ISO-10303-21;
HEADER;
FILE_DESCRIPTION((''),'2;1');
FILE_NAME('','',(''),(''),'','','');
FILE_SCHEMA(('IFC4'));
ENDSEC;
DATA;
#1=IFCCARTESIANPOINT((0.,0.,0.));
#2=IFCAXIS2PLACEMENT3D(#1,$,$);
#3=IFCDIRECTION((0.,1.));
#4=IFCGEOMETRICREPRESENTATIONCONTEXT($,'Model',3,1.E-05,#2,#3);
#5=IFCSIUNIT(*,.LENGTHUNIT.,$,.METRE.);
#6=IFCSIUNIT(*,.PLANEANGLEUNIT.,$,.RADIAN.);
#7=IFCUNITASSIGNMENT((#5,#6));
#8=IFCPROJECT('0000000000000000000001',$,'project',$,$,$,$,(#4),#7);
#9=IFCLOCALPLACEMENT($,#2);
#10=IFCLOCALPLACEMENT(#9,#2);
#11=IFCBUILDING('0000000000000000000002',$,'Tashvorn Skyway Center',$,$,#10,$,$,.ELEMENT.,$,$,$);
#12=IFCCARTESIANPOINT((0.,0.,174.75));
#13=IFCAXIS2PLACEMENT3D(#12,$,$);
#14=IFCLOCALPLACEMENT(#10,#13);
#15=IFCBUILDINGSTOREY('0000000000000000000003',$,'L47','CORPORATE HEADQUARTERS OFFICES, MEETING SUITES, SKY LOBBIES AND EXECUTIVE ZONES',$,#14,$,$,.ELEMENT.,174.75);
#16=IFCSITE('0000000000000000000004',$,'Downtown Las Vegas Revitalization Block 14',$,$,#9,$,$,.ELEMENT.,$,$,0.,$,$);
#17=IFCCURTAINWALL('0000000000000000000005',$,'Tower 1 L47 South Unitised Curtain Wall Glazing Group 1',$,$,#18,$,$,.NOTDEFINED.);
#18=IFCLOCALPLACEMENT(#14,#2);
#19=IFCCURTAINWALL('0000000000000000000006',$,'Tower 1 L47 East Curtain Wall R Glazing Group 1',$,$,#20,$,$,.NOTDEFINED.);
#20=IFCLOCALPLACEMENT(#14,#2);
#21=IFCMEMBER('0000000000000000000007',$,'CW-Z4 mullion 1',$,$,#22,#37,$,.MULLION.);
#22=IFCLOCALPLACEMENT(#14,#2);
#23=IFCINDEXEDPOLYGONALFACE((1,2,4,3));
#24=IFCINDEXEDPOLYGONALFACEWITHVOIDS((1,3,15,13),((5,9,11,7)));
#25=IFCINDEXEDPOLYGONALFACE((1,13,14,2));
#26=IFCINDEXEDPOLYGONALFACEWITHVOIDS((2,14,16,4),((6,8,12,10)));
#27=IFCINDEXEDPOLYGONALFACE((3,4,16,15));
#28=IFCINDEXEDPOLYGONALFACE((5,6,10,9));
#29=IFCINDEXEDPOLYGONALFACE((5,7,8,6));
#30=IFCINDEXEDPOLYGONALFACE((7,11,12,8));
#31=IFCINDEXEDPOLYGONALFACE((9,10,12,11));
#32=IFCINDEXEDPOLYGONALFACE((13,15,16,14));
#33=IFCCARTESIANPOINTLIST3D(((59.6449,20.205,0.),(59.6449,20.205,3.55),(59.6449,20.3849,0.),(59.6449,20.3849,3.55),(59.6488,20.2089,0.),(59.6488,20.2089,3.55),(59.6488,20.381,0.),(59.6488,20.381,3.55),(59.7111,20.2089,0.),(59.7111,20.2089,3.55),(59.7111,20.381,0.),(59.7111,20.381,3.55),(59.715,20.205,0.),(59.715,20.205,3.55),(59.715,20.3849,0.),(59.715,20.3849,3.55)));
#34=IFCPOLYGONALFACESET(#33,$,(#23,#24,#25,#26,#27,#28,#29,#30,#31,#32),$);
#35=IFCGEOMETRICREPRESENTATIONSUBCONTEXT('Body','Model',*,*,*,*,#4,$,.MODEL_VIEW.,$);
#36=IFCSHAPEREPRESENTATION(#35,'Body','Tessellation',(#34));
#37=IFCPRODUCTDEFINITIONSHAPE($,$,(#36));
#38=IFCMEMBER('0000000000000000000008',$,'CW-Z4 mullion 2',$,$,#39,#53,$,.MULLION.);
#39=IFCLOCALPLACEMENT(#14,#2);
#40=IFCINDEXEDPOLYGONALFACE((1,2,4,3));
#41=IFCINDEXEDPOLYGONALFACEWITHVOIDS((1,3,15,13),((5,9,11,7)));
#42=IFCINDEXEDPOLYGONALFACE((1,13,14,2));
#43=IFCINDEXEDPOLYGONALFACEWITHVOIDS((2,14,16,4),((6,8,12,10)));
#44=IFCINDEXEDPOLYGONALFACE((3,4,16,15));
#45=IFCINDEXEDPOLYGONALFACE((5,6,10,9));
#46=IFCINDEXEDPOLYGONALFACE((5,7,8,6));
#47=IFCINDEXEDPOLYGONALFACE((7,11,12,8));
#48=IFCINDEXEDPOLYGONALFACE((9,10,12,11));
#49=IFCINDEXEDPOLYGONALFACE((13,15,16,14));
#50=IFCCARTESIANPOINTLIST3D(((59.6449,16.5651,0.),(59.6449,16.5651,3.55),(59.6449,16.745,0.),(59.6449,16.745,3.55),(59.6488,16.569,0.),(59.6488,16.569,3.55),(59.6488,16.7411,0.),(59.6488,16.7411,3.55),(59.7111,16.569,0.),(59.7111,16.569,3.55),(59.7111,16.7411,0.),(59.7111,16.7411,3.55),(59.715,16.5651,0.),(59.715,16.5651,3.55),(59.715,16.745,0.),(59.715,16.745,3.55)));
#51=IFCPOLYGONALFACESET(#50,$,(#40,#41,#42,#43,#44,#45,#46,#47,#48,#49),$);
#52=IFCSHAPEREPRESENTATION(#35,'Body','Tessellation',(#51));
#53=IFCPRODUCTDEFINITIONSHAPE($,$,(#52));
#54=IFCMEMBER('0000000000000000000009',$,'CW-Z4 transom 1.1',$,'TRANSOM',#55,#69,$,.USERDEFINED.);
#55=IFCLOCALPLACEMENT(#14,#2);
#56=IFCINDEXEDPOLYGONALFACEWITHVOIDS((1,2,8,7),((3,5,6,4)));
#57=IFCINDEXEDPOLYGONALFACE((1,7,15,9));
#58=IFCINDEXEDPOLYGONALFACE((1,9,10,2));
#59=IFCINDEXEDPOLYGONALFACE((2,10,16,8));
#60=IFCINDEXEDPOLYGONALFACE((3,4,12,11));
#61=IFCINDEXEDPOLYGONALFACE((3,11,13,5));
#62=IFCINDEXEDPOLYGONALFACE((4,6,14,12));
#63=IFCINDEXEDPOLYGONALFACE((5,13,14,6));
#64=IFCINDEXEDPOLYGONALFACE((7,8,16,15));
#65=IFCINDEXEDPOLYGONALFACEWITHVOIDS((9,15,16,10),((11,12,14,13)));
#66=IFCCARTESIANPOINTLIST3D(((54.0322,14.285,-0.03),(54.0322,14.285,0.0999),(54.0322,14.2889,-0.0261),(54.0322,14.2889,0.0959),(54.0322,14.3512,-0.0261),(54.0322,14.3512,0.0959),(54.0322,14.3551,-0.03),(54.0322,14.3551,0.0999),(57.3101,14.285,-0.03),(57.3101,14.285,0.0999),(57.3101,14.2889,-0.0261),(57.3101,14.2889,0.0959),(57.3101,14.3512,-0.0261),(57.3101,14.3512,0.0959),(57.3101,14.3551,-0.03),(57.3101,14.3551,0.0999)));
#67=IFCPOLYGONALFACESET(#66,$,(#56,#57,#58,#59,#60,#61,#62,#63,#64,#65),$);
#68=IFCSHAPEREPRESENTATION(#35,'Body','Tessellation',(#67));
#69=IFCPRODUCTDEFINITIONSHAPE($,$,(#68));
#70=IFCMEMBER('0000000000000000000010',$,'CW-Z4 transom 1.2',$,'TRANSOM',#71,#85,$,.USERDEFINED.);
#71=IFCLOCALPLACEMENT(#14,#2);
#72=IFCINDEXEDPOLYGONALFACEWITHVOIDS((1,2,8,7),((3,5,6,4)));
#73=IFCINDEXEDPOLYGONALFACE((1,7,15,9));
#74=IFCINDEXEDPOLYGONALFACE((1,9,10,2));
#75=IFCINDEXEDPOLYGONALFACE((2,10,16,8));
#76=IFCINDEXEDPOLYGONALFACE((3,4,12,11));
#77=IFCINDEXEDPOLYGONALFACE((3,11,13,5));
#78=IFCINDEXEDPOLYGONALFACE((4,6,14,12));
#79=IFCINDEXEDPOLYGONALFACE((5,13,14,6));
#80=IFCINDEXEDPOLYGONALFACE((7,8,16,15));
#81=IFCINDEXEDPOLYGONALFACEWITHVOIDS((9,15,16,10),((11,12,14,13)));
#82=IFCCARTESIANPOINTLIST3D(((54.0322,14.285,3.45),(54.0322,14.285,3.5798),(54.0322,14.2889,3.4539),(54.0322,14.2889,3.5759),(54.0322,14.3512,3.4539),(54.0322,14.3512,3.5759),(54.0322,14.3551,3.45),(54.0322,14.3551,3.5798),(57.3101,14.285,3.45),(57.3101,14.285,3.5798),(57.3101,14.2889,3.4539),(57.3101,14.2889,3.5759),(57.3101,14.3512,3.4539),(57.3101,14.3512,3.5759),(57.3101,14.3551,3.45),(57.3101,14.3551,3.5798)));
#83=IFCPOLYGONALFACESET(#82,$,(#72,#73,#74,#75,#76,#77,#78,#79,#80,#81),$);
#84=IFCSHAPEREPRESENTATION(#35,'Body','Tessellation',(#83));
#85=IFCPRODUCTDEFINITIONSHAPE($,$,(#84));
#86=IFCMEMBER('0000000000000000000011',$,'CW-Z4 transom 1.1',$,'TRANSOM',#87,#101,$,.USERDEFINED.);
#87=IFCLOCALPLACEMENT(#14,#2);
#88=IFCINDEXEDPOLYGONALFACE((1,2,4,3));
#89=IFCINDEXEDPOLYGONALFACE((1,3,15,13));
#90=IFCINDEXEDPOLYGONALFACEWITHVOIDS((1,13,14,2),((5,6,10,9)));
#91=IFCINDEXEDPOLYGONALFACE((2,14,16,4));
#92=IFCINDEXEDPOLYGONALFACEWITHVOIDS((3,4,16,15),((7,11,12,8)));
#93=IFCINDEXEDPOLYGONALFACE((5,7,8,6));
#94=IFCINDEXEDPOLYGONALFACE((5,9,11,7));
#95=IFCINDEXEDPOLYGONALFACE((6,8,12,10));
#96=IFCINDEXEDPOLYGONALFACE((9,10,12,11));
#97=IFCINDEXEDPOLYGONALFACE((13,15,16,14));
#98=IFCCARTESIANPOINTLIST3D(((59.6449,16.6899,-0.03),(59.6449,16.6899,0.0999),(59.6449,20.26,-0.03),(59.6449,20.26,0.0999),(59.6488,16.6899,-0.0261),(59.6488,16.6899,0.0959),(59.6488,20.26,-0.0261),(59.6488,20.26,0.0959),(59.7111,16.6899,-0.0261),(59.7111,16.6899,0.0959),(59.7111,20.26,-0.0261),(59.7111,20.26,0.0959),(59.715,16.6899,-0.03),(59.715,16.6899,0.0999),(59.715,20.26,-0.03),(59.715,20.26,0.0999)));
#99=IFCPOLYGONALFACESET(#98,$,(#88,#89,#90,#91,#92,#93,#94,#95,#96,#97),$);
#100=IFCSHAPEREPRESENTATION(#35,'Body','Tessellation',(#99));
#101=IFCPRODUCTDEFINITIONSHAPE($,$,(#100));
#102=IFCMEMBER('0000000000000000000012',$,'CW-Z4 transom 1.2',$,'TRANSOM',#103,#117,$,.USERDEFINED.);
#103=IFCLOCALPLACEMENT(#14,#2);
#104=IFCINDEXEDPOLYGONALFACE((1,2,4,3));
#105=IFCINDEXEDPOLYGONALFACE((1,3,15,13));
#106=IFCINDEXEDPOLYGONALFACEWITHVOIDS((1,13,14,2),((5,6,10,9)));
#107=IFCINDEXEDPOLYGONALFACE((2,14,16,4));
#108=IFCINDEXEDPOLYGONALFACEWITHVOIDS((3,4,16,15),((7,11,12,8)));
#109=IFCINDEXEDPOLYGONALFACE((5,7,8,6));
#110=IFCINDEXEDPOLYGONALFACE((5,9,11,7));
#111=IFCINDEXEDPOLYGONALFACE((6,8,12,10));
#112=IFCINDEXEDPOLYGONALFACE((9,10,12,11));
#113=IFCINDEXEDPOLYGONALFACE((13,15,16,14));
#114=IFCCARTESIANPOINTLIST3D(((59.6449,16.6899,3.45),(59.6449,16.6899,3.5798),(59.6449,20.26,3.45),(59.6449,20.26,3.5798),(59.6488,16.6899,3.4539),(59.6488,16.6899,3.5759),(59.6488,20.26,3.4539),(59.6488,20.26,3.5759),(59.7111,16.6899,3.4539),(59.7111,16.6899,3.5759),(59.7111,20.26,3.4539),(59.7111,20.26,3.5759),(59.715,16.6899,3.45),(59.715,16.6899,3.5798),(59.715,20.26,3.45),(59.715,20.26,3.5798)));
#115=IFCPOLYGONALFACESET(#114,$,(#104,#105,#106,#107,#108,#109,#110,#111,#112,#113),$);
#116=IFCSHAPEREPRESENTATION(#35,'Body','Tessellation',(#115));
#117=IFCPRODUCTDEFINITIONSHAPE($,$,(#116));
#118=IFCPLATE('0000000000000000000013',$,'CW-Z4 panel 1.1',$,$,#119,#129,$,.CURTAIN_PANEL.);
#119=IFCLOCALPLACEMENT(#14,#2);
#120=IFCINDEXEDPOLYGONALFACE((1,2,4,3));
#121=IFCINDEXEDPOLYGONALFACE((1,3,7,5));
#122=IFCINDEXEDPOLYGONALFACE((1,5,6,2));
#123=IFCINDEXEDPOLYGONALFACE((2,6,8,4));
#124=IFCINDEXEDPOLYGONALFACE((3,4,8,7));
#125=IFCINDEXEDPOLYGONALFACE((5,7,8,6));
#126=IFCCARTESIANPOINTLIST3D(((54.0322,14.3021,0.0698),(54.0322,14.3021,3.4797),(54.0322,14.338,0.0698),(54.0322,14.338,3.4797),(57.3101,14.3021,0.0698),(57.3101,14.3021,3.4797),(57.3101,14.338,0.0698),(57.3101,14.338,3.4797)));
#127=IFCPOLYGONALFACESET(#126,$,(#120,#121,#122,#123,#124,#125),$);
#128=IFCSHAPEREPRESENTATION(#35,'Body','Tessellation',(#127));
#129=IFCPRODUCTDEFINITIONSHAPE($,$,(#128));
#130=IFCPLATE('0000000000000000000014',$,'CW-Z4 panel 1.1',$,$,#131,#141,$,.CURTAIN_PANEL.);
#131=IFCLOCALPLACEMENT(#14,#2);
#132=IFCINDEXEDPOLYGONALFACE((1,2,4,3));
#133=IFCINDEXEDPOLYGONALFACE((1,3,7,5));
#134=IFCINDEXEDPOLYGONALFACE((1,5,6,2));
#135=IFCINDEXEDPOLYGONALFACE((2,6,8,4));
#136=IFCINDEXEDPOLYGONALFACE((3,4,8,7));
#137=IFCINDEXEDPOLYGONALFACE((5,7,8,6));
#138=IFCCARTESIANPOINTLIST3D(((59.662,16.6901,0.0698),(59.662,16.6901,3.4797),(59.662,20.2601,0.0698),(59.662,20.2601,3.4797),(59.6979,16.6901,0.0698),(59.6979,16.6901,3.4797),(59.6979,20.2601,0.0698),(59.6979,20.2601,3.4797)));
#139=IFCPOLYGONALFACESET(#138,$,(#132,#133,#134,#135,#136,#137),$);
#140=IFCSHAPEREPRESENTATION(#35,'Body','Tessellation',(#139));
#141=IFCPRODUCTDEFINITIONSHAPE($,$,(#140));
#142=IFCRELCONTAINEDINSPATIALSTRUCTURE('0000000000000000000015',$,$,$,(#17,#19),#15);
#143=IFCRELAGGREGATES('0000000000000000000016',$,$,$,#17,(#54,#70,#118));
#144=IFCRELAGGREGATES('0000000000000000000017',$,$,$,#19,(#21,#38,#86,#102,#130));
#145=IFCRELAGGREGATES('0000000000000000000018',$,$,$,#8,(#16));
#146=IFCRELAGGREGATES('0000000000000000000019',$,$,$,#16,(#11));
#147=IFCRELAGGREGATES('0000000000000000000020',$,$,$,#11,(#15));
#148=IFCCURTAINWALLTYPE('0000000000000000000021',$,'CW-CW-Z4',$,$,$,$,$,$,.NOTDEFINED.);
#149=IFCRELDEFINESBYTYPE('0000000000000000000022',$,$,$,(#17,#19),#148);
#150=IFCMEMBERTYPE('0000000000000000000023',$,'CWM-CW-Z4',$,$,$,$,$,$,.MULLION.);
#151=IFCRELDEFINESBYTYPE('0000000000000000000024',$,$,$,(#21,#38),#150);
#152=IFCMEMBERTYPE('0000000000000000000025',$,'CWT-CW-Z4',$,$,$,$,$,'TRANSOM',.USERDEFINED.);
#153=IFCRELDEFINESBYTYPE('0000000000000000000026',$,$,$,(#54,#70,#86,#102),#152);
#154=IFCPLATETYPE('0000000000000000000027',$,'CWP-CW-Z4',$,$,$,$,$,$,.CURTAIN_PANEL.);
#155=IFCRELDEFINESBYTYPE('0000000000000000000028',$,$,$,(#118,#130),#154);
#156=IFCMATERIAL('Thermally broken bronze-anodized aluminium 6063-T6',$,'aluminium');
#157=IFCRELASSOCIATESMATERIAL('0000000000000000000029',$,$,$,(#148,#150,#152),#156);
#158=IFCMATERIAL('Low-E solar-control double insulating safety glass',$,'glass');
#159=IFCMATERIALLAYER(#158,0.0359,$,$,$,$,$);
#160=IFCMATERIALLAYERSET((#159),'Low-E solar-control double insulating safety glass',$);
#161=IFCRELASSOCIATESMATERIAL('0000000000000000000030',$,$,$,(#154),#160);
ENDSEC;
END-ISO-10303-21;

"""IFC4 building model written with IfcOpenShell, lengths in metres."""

from ifc_helpers import new_model, si_unit, direction, frame, origin, origin_2d, place, context, subcontext, project, spatial, rectangle, hollow_rectangle, extrude, material, layer, layer_set, material_profile, profile_set, type_object, element, aggregate, save


model = new_model("IFC4")

# Units and contexts
model_context = context("Model", 3, precision=1e-05, world=origin(), true_north=direction((0.0, 1.0)))
body_context = subcontext(model_context, "Body", "Model", "MODEL_VIEW")
ifc_project = project(units=[si_unit("LENGTHUNIT", "METRE"), si_unit("PLANEANGLEUNIT", "RADIAN")], contexts=[model_context])

# Site, building, storey
site_placement = place(None, origin())
site = spatial("IfcSite", under=ifc_project, at=site_placement, Name="Downtown Las Vegas Revitalization Block 14", CompositionType="ELEMENT", RefElevation=0.0)
building_placement = place(site_placement, origin())
building = spatial("IfcBuilding", under=site, at=building_placement, Name="Tashvorn Skyway Center", CompositionType="ELEMENT")
storey_placement = place(building_placement, frame((0.0, 0.0, 174.75)))
storey = spatial("IfcBuildingStorey", under=building, at=storey_placement, Name="L47", Description="CORPORATE HEADQUARTERS OFFICES, MEETING SUITES, SKY LOBBIES AND EXECUTIVE ZONES", CompositionType="ELEMENT", Elevation=174.75)

# Curtain walls, members
ifc_material_1 = material(Name="Thermally broken bronze-anodized aluminium 6063-T6", Category="aluminium")
curtain_wall_type = type_object("IfcCurtainWallType", Name="CW-CW-Z4", PredefinedType="NOTDEFINED", material=ifc_material_1)
curtain_wall_1_placement = place(storey_placement, origin())
curtain_wall_1 = element("IfcCurtainWall", 1, at=curtain_wall_1_placement, inside=storey, type_object=curtain_wall_type, Name="Tower 1 L47 South Unitised Curtain Wall Glazing Group 1", PredefinedType="NOTDEFINED")
ifc_material_profile_1 = material_profile(ifc_material_1, hollow_rectangle(XDim=0.0701, YDim=0.1799, WallThickness=0.0039, at=origin_2d()), Name="ALU-MULL-70x180")
ifc_profile_set_1 = profile_set([ifc_material_profile_1], Name="Thermally broken bronze-anodized aluminium 6063-T6")
member_type_1 = type_object("IfcMemberType", Name="CWM-CW-Z4", PredefinedType="MULLION", material=ifc_profile_set_1)
curtain_wall_2_placement = place(storey_placement, origin())
curtain_wall_2 = element("IfcCurtainWall", 2, at=curtain_wall_2_placement, inside=storey, type_object=curtain_wall_type, Name="Tower 1 L47 East Curtain Wall R Glazing Group 1", PredefinedType="NOTDEFINED")
member_1_placement = place(storey_placement, frame((59.6799, 20.2949, 0.0), z_axis=(0.0, 0.0, 1.0), x_axis=(1.0, 0.0, 0.0)))
member_1 = element("IfcMember", 3, at=member_1_placement, type_object=member_type_1, Name="CW-Z4 mullion 1", PredefinedType="MULLION", context=body_context, shape_type="SweptSolid", body=[
    extrude(hollow_rectangle(XDim=0.0701, YDim=0.1799, WallThickness=0.0039, at=origin_2d()), origin(), (0.0, 0.0, 1.0), 3.55),
])
member_2_placement = place(storey_placement, frame((59.6799, 16.655, 0.0), z_axis=(0.0, 0.0, 1.0), x_axis=(1.0, 0.0, 0.0)))
member_2 = element("IfcMember", 4, at=member_2_placement, type_object=member_type_1, Name="CW-Z4 mullion 2", PredefinedType="MULLION", context=body_context, shape_type="SweptSolid", body=[
    extrude(hollow_rectangle(XDim=0.0701, YDim=0.1799, WallThickness=0.0039, at=origin_2d()), origin(), (0.0, 0.0, 1.0), 3.55),
])

# Members
ifc_material_profile_2 = material_profile(ifc_material_1, hollow_rectangle(XDim=0.0701, YDim=0.1299, WallThickness=0.0039, at=origin_2d()), Name="ALU-TRAN-70x130")
ifc_profile_set_2 = profile_set([ifc_material_profile_2], Name="Thermally broken bronze-anodized aluminium 6063-T6")
member_type_2 = type_object("IfcMemberType", Name="CWT-CW-Z4", ElementType="TRANSOM", PredefinedType="USERDEFINED", material=ifc_profile_set_2)
member_3_placement = place(storey_placement, frame((57.3101, 14.3201, 0.0349), z_axis=(-1.0, 0.0, 0.0), x_axis=(0.0, -1.0, 0.0)))
member_3 = element("IfcMember", 5, at=member_3_placement, type_object=member_type_2, Name="CW-Z4 transom 1.1", ObjectType="TRANSOM", PredefinedType="USERDEFINED", context=body_context, shape_type="SweptSolid", body=[
    extrude(hollow_rectangle(XDim=0.0701, YDim=0.1299, WallThickness=0.0039, at=origin_2d()), origin(), (0.0, 0.0, 1.0), 3.2778),
])
member_4_placement = place(storey_placement, frame((57.3101, 14.3201, 3.5149), z_axis=(-1.0, 0.0, 0.0), x_axis=(0.0, -1.0, 0.0)))
member_4 = element("IfcMember", 6, at=member_4_placement, type_object=member_type_2, Name="CW-Z4 transom 1.2", ObjectType="TRANSOM", PredefinedType="USERDEFINED", context=body_context, shape_type="SweptSolid", body=[
    extrude(hollow_rectangle(XDim=0.0701, YDim=0.1299, WallThickness=0.0039, at=origin_2d()), origin(), (0.0, 0.0, 1.0), 3.2778),
])
member_5_placement = place(storey_placement, frame((59.6799, 20.26, 0.0349), z_axis=(0.0, -1.0, 0.0), x_axis=(1.0, 0.0, 0.0)))
member_5 = element("IfcMember", 7, at=member_5_placement, type_object=member_type_2, Name="CW-Z4 transom 1.1", ObjectType="TRANSOM", PredefinedType="USERDEFINED", context=body_context, shape_type="SweptSolid", body=[
    extrude(hollow_rectangle(XDim=0.0701, YDim=0.1299, WallThickness=0.0039, at=origin_2d()), origin(), (0.0, 0.0, 1.0), 3.5701),
])
member_6_placement = place(storey_placement, frame((59.6799, 20.26, 3.5149), z_axis=(0.0, -1.0, 0.0), x_axis=(1.0, 0.0, 0.0)))
member_6 = element("IfcMember", 8, at=member_6_placement, type_object=member_type_2, Name="CW-Z4 transom 1.2", ObjectType="TRANSOM", PredefinedType="USERDEFINED", context=body_context, shape_type="SweptSolid", body=[
    extrude(hollow_rectangle(XDim=0.0701, YDim=0.1299, WallThickness=0.0039, at=origin_2d()), origin(), (0.0, 0.0, 1.0), 3.5701),
])

# Plates
ifc_material_2 = material(Name="Low-E solar-control double insulating safety glass", Category="glass")
ifc_layer_1 = layer(ifc_material_2, 0.0359)
ifc_layer_set_1 = layer_set([ifc_layer_1], Name="Low-E solar-control double insulating safety glass")
plate_type = type_object("IfcPlateType", Name="CWP-CW-Z4", PredefinedType="CURTAIN_PANEL", material=ifc_layer_set_1)
plate_1_placement = place(storey_placement, frame((55.6711, 14.3201, 0.0698), z_axis=(0.0, 0.0, 1.0), x_axis=(-1.0, 0.0, 0.0)))
plate_1 = element("IfcPlate", 9, at=plate_1_placement, type_object=plate_type, Name="CW-Z4 panel 1.1", PredefinedType="CURTAIN_PANEL", context=body_context, shape_type="SweptSolid", body=[
    extrude(rectangle(XDim=3.2778, YDim=0.0359, at=origin_2d()), origin(), (0.0, 0.0, 1.0), 3.4099),
])
aggregate(curtain_wall_1, [member_3, member_4, plate_1])
plate_2_placement = place(storey_placement, frame((59.6799, 18.4751, 0.0698), z_axis=(0.0, 0.0, 1.0), x_axis=(0.0, -1.0, 0.0)))
plate_2 = element("IfcPlate", 10, at=plate_2_placement, type_object=plate_type, Name="CW-Z4 panel 1.1", PredefinedType="CURTAIN_PANEL", context=body_context, shape_type="SweptSolid", body=[
    extrude(rectangle(XDim=3.5701, YDim=0.0359, at=origin_2d()), origin(), (0.0, 0.0, 1.0), 3.4099),
])
aggregate(curtain_wall_2, [member_1, member_2, member_5, member_6, plate_2])

save(model, "model.ifc")
